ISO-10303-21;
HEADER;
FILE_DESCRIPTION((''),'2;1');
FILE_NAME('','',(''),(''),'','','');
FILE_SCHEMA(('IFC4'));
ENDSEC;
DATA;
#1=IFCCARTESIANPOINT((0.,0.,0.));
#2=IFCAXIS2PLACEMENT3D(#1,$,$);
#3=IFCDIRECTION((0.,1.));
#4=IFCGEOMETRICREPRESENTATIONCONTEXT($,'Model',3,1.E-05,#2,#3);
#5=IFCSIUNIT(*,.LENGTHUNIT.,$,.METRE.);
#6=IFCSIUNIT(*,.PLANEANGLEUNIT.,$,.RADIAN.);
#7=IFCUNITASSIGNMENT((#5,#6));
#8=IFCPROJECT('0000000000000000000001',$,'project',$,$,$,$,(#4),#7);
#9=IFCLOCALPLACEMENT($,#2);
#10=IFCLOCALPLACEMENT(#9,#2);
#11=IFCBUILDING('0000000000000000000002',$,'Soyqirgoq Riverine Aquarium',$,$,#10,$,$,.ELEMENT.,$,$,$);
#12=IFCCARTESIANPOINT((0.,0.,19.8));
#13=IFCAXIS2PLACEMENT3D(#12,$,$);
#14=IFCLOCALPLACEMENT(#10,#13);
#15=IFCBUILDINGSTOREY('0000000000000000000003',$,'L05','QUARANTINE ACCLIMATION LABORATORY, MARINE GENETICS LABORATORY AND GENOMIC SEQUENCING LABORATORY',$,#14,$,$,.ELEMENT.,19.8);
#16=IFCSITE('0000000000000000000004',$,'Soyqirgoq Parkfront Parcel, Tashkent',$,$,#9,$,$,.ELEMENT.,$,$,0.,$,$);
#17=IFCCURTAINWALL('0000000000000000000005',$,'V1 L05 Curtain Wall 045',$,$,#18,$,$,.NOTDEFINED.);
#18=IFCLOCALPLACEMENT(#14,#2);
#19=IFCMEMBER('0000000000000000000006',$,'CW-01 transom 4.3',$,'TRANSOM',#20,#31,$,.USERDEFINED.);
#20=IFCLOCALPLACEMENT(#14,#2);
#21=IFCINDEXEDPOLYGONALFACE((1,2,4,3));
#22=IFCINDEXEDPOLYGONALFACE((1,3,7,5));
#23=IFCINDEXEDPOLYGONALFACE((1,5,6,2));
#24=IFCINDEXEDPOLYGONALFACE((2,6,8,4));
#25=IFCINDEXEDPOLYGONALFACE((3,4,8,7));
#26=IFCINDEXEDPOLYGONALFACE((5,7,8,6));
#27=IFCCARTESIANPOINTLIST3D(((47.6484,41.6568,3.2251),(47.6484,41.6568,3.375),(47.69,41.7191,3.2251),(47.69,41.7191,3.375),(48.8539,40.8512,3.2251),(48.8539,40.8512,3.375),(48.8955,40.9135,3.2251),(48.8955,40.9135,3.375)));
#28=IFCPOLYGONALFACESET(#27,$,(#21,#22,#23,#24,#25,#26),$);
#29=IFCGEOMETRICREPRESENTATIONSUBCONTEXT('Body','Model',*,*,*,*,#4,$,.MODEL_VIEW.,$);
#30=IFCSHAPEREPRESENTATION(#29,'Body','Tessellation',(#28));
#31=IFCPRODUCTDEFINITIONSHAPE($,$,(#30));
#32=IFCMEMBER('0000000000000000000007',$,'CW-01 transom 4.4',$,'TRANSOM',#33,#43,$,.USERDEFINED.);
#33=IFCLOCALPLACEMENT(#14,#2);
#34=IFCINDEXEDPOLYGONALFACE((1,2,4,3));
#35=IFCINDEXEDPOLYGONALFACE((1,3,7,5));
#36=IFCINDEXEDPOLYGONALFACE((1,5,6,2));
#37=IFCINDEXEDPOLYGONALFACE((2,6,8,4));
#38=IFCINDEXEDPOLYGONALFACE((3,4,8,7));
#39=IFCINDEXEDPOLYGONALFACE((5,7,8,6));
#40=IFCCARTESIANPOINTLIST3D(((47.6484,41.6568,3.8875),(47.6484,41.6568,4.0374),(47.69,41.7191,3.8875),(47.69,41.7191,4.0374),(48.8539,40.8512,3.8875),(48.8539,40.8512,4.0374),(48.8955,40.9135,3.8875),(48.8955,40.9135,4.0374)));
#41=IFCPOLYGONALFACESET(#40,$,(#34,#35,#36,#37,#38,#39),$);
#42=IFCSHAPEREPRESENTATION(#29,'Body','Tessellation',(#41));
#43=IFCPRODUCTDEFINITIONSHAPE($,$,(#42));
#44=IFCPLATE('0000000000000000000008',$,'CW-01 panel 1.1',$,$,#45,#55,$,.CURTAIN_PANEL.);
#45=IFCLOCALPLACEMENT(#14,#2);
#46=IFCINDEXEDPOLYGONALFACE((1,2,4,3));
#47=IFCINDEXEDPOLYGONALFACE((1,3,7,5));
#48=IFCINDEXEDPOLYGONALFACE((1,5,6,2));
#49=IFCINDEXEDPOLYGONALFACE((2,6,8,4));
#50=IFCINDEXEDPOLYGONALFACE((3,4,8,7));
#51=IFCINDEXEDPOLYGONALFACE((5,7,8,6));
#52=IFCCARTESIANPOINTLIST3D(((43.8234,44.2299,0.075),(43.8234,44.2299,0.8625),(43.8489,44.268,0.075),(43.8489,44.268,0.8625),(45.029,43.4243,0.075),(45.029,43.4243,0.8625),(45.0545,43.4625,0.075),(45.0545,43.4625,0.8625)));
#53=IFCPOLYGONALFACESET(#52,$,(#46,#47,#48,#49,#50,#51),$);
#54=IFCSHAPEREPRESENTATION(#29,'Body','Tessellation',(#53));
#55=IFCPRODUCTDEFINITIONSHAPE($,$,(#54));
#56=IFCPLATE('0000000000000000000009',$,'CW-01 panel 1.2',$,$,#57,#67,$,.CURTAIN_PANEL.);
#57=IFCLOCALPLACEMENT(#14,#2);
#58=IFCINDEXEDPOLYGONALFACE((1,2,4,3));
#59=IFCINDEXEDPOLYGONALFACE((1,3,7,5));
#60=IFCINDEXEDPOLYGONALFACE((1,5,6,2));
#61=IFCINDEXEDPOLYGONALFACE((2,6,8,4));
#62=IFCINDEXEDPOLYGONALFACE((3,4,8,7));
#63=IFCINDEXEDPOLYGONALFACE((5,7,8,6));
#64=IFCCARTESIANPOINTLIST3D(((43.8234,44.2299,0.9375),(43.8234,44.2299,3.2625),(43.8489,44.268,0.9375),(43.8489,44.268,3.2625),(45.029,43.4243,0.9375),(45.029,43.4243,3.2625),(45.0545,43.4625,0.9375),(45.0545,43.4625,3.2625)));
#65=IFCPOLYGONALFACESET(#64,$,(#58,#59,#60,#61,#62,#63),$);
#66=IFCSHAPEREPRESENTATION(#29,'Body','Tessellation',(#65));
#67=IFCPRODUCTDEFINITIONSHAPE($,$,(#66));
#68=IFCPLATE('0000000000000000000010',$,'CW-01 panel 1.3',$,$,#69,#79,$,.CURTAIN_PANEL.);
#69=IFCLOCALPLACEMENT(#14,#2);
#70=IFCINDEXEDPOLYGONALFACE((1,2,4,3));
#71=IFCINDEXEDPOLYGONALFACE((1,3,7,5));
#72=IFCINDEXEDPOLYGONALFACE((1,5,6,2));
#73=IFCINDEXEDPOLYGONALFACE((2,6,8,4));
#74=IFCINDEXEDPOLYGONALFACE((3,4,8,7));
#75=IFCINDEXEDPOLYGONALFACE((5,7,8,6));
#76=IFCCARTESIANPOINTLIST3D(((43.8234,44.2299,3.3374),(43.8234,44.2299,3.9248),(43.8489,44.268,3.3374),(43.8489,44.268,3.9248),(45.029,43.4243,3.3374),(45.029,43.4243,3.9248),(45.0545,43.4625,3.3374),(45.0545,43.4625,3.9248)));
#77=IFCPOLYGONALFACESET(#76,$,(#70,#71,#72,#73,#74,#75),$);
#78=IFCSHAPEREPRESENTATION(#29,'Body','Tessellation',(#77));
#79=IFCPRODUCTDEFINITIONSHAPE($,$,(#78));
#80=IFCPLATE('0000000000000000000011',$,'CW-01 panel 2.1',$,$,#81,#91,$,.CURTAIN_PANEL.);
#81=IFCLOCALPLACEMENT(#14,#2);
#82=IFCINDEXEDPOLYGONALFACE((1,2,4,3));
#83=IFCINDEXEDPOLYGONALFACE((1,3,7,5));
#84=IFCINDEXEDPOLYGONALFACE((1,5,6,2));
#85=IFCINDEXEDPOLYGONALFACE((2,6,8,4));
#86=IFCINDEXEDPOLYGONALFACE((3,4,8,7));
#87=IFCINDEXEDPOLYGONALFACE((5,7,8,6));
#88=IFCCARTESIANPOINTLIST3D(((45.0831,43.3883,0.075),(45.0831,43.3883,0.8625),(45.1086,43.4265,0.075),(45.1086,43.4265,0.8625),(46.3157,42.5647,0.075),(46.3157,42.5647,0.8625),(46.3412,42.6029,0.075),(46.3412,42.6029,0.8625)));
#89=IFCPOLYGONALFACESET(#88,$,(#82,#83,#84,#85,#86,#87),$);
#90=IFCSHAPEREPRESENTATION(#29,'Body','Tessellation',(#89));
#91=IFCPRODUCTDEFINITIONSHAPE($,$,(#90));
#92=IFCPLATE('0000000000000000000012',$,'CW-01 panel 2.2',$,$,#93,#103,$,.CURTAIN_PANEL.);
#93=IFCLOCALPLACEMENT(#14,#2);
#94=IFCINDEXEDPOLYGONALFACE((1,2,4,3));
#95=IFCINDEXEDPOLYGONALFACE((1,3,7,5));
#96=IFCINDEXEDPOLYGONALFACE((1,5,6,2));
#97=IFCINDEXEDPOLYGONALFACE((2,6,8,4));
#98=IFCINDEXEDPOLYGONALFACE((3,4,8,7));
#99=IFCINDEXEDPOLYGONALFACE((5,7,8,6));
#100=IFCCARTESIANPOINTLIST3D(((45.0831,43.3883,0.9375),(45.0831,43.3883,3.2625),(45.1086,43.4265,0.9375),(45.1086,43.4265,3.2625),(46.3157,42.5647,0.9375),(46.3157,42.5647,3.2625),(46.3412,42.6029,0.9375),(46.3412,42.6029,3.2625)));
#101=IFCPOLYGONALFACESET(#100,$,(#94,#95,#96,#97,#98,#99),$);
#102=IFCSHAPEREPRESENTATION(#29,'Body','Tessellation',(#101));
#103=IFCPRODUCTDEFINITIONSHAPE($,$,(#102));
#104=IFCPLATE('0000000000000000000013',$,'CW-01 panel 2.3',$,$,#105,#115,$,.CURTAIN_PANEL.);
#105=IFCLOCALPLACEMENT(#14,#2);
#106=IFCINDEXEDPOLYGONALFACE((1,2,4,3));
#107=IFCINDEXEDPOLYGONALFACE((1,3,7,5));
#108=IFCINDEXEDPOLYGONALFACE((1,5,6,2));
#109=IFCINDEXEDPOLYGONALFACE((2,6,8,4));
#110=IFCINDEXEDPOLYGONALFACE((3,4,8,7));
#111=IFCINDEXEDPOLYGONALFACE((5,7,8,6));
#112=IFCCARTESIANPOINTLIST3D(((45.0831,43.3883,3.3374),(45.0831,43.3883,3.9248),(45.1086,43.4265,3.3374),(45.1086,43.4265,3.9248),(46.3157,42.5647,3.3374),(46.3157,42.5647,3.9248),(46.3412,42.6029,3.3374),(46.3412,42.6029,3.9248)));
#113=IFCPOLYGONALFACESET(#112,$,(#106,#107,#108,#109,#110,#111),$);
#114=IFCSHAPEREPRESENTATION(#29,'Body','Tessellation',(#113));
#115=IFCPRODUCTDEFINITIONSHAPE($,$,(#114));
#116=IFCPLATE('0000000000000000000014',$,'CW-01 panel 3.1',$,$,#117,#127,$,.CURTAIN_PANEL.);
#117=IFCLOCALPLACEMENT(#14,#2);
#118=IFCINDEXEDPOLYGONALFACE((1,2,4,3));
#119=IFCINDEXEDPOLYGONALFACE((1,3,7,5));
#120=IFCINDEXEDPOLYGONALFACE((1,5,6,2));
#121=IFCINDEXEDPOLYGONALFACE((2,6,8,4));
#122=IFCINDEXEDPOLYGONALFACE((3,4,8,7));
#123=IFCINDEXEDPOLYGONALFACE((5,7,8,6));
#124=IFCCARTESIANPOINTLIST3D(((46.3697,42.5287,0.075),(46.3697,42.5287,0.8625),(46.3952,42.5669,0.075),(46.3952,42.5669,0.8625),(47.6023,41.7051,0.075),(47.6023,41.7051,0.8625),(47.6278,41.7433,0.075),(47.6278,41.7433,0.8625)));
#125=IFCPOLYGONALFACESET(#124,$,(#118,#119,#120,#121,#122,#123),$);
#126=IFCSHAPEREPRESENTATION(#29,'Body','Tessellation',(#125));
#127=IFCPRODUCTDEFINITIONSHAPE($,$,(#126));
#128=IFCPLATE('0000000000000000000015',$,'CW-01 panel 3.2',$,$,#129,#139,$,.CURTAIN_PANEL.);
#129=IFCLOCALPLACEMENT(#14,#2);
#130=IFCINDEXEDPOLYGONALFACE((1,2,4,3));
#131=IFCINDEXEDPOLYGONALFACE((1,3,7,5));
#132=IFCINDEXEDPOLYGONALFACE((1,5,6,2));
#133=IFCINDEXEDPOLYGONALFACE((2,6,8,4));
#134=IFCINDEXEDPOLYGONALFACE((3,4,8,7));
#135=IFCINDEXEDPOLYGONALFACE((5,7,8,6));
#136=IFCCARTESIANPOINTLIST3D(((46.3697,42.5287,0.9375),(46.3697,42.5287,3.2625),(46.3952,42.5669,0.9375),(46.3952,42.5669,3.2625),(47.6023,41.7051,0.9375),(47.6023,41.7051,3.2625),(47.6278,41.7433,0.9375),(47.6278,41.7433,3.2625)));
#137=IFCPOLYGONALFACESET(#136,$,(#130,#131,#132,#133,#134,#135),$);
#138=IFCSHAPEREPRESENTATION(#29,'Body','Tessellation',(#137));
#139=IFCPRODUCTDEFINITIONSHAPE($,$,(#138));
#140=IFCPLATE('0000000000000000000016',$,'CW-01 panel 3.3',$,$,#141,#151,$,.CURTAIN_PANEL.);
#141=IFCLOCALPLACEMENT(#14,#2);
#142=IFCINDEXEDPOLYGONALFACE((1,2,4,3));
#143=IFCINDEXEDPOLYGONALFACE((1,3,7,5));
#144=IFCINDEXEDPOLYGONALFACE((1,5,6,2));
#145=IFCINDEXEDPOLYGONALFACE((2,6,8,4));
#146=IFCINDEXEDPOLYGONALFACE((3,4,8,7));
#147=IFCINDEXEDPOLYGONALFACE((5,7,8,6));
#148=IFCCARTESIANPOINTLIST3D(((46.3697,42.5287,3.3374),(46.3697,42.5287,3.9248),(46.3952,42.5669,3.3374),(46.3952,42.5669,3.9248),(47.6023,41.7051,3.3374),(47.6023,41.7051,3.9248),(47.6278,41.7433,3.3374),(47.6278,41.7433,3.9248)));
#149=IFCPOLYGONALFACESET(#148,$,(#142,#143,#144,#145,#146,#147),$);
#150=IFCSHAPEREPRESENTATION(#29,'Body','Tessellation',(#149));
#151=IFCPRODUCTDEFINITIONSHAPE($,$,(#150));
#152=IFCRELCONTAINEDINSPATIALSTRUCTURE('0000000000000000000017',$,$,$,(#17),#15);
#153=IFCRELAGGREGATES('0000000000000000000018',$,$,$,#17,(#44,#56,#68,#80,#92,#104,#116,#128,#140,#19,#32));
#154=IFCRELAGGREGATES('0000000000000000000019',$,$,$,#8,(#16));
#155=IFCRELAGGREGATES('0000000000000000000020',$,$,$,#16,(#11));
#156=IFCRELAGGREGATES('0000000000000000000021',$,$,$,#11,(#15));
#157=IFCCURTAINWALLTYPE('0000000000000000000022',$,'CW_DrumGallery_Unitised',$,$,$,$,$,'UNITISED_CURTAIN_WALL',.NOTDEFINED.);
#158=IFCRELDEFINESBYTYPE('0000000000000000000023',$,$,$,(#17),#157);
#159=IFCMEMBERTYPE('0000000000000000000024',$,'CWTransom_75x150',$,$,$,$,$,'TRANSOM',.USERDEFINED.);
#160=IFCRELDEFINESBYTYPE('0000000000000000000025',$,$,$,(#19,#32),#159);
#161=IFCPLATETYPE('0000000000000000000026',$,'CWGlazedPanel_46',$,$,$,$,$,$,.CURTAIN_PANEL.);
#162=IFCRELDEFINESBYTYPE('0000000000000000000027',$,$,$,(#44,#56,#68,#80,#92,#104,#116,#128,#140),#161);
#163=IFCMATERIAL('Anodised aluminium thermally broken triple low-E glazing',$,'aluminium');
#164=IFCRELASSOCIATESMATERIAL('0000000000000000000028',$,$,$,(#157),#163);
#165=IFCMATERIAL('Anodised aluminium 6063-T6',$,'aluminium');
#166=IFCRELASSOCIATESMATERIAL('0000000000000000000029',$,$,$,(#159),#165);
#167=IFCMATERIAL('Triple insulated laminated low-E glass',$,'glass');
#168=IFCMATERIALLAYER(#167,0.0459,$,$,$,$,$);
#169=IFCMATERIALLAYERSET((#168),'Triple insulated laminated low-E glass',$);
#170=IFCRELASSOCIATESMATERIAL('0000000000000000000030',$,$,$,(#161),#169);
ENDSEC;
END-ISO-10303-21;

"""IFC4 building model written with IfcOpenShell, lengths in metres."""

from ifc_helpers import new_model, si_unit, direction, frame, origin, origin_2d, place, context, subcontext, project, spatial, rectangle, extrude, material, layer, layer_set, material_profile, profile_set, type_object, element, aggregate, save


model = new_model("IFC4")

# Units and contexts
model_context = context("Model", 3, precision=1e-05, world=origin(), true_north=direction((0.0, 1.0)))
body_context = subcontext(model_context, "Body", "Model", "MODEL_VIEW")
ifc_project = project(units=[si_unit("LENGTHUNIT", "METRE"), si_unit("PLANEANGLEUNIT", "RADIAN")], contexts=[model_context])

# Site, building, storey
site_placement = place(None, origin())
site = spatial("IfcSite", under=ifc_project, at=site_placement, Name="Soyqirgoq Parkfront Parcel, Tashkent", CompositionType="ELEMENT", RefElevation=0.0)
building_placement = place(site_placement, origin())
building = spatial("IfcBuilding", under=site, at=building_placement, Name="Soyqirgoq Riverine Aquarium", CompositionType="ELEMENT")
storey_placement = place(building_placement, frame((0.0, 0.0, 19.8)))
storey = spatial("IfcBuildingStorey", under=building, at=storey_placement, Name="L05", Description="QUARANTINE ACCLIMATION LABORATORY, MARINE GENETICS LABORATORY AND GENOMIC SEQUENCING LABORATORY", CompositionType="ELEMENT", Elevation=19.8)

# Curtain wall, members, plates
ifc_material_1 = material(Name="Anodised aluminium thermally broken triple low-E glazing", Category="aluminium")
curtain_wall_type = type_object("IfcCurtainWallType", Name="CW_DrumGallery_Unitised", ElementType="UNITISED_CURTAIN_WALL", PredefinedType="NOTDEFINED", material=ifc_material_1)
curtain_wall_placement = place(storey_placement, origin())
curtain_wall = element("IfcCurtainWall", 1, at=curtain_wall_placement, inside=storey, type_object=curtain_wall_type, Name="V1 L05 Curtain Wall 045", PredefinedType="NOTDEFINED")
ifc_material_2 = material(Name="Anodised aluminium 6063-T6", Category="aluminium")
ifc_material_profile_1 = material_profile(ifc_material_2, rectangle(XDim=0.075, YDim=0.1499, at=origin_2d()), Name="ALU-T 75x150")
ifc_profile_set_1 = profile_set([ifc_material_profile_1], Name="Anodised aluminium 6063-T6")
member_type_1 = type_object("IfcMemberType", Name="CWTransom_75x150", ElementType="TRANSOM", PredefinedType="USERDEFINED", material=ifc_profile_set_1)
member_1_placement = place(storey_placement, frame((47.6692, 41.688, 3.3), z_axis=(0.831428, -0.555632, 0.0), x_axis=(0.555632, 0.831428, 0.0)))
member_1 = element("IfcMember", 2, at=member_1_placement, type_object=member_type_1, Name="CW-01 transom 4.3", ObjectType="TRANSOM", PredefinedType="USERDEFINED", context=body_context, shape_type="SweptSolid", body=[
    extrude(rectangle(XDim=0.075, YDim=0.1499, at=origin_2d()), origin(), (0.0, 0.0, 1.0), 1.45),
])
member_2_placement = place(storey_placement, frame((47.6692, 41.688, 3.9624), z_axis=(0.831428, -0.555632, 0.0), x_axis=(0.555632, 0.831428, 0.0)))
member_2 = element("IfcMember", 3, at=member_2_placement, type_object=member_type_1, Name="CW-01 transom 4.4", ObjectType="TRANSOM", PredefinedType="USERDEFINED", context=body_context, shape_type="SweptSolid", body=[
    extrude(rectangle(XDim=0.075, YDim=0.1499, at=origin_2d()), origin(), (0.0, 0.0, 1.0), 1.45),
])
ifc_material_3 = material(Name="Triple insulated laminated low-E glass", Category="glass")
ifc_layer = layer(ifc_material_3, 0.0459)
ifc_layer_set = layer_set([ifc_layer], Name="Triple insulated laminated low-E glass")
plate_type = type_object("IfcPlateType", Name="CWGlazedPanel_46", PredefinedType="CURTAIN_PANEL", material=ifc_layer_set)
plate_1_placement = place(storey_placement, frame((44.439, 43.8462, 0.075), z_axis=(0.0, 0.0, 1.0), x_axis=(0.831476, -0.555561, 0.0)))
plate_1 = element("IfcPlate", 4, at=plate_1_placement, type_object=plate_type, Name="CW-01 panel 1.1", PredefinedType="CURTAIN_PANEL", context=body_context, shape_type="SweptSolid", body=[
    extrude(rectangle(XDim=1.45, YDim=0.0459, at=origin_2d()), origin(), (0.0, 0.0, 1.0), 0.7876),
])
plate_2_placement = place(storey_placement, frame((44.439, 43.8462, 0.9375), z_axis=(0.0, 0.0, 1.0), x_axis=(0.831476, -0.555561, 0.0)))
plate_2 = element("IfcPlate", 5, at=plate_2_placement, type_object=plate_type, Name="CW-01 panel 1.2", PredefinedType="CURTAIN_PANEL", context=body_context, shape_type="SweptSolid", body=[
    extrude(rectangle(XDim=1.45, YDim=0.0459, at=origin_2d()), origin(), (0.0, 0.0, 1.0), 2.325),
])
plate_3_placement = place(storey_placement, frame((44.439, 43.8462, 3.3374), z_axis=(0.0, 0.0, 1.0), x_axis=(0.831476, -0.555561, 0.0)))
plate_3 = element("IfcPlate", 6, at=plate_3_placement, type_object=plate_type, Name="CW-01 panel 1.3", PredefinedType="CURTAIN_PANEL", context=body_context, shape_type="SweptSolid", body=[
    extrude(rectangle(XDim=1.45, YDim=0.0459, at=origin_2d()), origin(), (0.0, 0.0, 1.0), 0.5874),
])
plate_4_placement = place(storey_placement, frame((45.7122, 42.9956, 0.075), z_axis=(0.0, 0.0, 1.0), x_axis=(0.831476, -0.555561, 0.0)))
plate_4 = element("IfcPlate", 7, at=plate_4_placement, type_object=plate_type, Name="CW-01 panel 2.1", PredefinedType="CURTAIN_PANEL", context=body_context, shape_type="SweptSolid", body=[
    extrude(rectangle(XDim=1.4824, YDim=0.0459, at=origin_2d()), origin(), (0.0, 0.0, 1.0), 0.7876),
])
plate_5_placement = place(storey_placement, frame((45.7122, 42.9956, 0.9375), z_axis=(0.0, 0.0, 1.0), x_axis=(0.831476, -0.555561, 0.0)))
plate_5 = element("IfcPlate", 8, at=plate_5_placement, type_object=plate_type, Name="CW-01 panel 2.2", PredefinedType="CURTAIN_PANEL", context=body_context, shape_type="SweptSolid", body=[
    extrude(rectangle(XDim=1.4824, YDim=0.0459, at=origin_2d()), origin(), (0.0, 0.0, 1.0), 2.325),
])
plate_6_placement = place(storey_placement, frame((45.7122, 42.9956, 3.3374), z_axis=(0.0, 0.0, 1.0), x_axis=(0.831476, -0.555561, 0.0)))
plate_6 = element("IfcPlate", 9, at=plate_6_placement, type_object=plate_type, Name="CW-01 panel 2.3", PredefinedType="CURTAIN_PANEL", context=body_context, shape_type="SweptSolid", body=[
    extrude(rectangle(XDim=1.4824, YDim=0.0459, at=origin_2d()), origin(), (0.0, 0.0, 1.0), 0.5874),
])
plate_7_placement = place(storey_placement, frame((46.9988, 42.136, 0.075), z_axis=(0.0, 0.0, 1.0), x_axis=(0.831476, -0.555561, 0.0)))
plate_7 = element("IfcPlate", 10, at=plate_7_placement, type_object=plate_type, Name="CW-01 panel 3.1", PredefinedType="CURTAIN_PANEL", context=body_context, shape_type="SweptSolid", body=[
    extrude(rectangle(XDim=1.4824, YDim=0.0459, at=origin_2d()), origin(), (0.0, 0.0, 1.0), 0.7876),
])
plate_8_placement = place(storey_placement, frame((46.9988, 42.136, 0.9375), z_axis=(0.0, 0.0, 1.0), x_axis=(0.831476, -0.555561, 0.0)))
plate_8 = element("IfcPlate", 11, at=plate_8_placement, type_object=plate_type, Name="CW-01 panel 3.2", PredefinedType="CURTAIN_PANEL", context=body_context, shape_type="SweptSolid", body=[
    extrude(rectangle(XDim=1.4824, YDim=0.0459, at=origin_2d()), origin(), (0.0, 0.0, 1.0), 2.325),
])
plate_9_placement = place(storey_placement, frame((46.9988, 42.136, 3.3374), z_axis=(0.0, 0.0, 1.0), x_axis=(0.831476, -0.555561, 0.0)))
plate_9 = element("IfcPlate", 12, at=plate_9_placement, type_object=plate_type, Name="CW-01 panel 3.3", PredefinedType="CURTAIN_PANEL", context=body_context, shape_type="SweptSolid", body=[
    extrude(rectangle(XDim=1.4824, YDim=0.0459, at=origin_2d()), origin(), (0.0, 0.0, 1.0), 0.5874),
])
aggregate(curtain_wall, [plate_1, plate_2, plate_3, plate_4, plate_5, plate_6, plate_7, plate_8, plate_9, member_1, member_2])

save(model, "model.ifc")
